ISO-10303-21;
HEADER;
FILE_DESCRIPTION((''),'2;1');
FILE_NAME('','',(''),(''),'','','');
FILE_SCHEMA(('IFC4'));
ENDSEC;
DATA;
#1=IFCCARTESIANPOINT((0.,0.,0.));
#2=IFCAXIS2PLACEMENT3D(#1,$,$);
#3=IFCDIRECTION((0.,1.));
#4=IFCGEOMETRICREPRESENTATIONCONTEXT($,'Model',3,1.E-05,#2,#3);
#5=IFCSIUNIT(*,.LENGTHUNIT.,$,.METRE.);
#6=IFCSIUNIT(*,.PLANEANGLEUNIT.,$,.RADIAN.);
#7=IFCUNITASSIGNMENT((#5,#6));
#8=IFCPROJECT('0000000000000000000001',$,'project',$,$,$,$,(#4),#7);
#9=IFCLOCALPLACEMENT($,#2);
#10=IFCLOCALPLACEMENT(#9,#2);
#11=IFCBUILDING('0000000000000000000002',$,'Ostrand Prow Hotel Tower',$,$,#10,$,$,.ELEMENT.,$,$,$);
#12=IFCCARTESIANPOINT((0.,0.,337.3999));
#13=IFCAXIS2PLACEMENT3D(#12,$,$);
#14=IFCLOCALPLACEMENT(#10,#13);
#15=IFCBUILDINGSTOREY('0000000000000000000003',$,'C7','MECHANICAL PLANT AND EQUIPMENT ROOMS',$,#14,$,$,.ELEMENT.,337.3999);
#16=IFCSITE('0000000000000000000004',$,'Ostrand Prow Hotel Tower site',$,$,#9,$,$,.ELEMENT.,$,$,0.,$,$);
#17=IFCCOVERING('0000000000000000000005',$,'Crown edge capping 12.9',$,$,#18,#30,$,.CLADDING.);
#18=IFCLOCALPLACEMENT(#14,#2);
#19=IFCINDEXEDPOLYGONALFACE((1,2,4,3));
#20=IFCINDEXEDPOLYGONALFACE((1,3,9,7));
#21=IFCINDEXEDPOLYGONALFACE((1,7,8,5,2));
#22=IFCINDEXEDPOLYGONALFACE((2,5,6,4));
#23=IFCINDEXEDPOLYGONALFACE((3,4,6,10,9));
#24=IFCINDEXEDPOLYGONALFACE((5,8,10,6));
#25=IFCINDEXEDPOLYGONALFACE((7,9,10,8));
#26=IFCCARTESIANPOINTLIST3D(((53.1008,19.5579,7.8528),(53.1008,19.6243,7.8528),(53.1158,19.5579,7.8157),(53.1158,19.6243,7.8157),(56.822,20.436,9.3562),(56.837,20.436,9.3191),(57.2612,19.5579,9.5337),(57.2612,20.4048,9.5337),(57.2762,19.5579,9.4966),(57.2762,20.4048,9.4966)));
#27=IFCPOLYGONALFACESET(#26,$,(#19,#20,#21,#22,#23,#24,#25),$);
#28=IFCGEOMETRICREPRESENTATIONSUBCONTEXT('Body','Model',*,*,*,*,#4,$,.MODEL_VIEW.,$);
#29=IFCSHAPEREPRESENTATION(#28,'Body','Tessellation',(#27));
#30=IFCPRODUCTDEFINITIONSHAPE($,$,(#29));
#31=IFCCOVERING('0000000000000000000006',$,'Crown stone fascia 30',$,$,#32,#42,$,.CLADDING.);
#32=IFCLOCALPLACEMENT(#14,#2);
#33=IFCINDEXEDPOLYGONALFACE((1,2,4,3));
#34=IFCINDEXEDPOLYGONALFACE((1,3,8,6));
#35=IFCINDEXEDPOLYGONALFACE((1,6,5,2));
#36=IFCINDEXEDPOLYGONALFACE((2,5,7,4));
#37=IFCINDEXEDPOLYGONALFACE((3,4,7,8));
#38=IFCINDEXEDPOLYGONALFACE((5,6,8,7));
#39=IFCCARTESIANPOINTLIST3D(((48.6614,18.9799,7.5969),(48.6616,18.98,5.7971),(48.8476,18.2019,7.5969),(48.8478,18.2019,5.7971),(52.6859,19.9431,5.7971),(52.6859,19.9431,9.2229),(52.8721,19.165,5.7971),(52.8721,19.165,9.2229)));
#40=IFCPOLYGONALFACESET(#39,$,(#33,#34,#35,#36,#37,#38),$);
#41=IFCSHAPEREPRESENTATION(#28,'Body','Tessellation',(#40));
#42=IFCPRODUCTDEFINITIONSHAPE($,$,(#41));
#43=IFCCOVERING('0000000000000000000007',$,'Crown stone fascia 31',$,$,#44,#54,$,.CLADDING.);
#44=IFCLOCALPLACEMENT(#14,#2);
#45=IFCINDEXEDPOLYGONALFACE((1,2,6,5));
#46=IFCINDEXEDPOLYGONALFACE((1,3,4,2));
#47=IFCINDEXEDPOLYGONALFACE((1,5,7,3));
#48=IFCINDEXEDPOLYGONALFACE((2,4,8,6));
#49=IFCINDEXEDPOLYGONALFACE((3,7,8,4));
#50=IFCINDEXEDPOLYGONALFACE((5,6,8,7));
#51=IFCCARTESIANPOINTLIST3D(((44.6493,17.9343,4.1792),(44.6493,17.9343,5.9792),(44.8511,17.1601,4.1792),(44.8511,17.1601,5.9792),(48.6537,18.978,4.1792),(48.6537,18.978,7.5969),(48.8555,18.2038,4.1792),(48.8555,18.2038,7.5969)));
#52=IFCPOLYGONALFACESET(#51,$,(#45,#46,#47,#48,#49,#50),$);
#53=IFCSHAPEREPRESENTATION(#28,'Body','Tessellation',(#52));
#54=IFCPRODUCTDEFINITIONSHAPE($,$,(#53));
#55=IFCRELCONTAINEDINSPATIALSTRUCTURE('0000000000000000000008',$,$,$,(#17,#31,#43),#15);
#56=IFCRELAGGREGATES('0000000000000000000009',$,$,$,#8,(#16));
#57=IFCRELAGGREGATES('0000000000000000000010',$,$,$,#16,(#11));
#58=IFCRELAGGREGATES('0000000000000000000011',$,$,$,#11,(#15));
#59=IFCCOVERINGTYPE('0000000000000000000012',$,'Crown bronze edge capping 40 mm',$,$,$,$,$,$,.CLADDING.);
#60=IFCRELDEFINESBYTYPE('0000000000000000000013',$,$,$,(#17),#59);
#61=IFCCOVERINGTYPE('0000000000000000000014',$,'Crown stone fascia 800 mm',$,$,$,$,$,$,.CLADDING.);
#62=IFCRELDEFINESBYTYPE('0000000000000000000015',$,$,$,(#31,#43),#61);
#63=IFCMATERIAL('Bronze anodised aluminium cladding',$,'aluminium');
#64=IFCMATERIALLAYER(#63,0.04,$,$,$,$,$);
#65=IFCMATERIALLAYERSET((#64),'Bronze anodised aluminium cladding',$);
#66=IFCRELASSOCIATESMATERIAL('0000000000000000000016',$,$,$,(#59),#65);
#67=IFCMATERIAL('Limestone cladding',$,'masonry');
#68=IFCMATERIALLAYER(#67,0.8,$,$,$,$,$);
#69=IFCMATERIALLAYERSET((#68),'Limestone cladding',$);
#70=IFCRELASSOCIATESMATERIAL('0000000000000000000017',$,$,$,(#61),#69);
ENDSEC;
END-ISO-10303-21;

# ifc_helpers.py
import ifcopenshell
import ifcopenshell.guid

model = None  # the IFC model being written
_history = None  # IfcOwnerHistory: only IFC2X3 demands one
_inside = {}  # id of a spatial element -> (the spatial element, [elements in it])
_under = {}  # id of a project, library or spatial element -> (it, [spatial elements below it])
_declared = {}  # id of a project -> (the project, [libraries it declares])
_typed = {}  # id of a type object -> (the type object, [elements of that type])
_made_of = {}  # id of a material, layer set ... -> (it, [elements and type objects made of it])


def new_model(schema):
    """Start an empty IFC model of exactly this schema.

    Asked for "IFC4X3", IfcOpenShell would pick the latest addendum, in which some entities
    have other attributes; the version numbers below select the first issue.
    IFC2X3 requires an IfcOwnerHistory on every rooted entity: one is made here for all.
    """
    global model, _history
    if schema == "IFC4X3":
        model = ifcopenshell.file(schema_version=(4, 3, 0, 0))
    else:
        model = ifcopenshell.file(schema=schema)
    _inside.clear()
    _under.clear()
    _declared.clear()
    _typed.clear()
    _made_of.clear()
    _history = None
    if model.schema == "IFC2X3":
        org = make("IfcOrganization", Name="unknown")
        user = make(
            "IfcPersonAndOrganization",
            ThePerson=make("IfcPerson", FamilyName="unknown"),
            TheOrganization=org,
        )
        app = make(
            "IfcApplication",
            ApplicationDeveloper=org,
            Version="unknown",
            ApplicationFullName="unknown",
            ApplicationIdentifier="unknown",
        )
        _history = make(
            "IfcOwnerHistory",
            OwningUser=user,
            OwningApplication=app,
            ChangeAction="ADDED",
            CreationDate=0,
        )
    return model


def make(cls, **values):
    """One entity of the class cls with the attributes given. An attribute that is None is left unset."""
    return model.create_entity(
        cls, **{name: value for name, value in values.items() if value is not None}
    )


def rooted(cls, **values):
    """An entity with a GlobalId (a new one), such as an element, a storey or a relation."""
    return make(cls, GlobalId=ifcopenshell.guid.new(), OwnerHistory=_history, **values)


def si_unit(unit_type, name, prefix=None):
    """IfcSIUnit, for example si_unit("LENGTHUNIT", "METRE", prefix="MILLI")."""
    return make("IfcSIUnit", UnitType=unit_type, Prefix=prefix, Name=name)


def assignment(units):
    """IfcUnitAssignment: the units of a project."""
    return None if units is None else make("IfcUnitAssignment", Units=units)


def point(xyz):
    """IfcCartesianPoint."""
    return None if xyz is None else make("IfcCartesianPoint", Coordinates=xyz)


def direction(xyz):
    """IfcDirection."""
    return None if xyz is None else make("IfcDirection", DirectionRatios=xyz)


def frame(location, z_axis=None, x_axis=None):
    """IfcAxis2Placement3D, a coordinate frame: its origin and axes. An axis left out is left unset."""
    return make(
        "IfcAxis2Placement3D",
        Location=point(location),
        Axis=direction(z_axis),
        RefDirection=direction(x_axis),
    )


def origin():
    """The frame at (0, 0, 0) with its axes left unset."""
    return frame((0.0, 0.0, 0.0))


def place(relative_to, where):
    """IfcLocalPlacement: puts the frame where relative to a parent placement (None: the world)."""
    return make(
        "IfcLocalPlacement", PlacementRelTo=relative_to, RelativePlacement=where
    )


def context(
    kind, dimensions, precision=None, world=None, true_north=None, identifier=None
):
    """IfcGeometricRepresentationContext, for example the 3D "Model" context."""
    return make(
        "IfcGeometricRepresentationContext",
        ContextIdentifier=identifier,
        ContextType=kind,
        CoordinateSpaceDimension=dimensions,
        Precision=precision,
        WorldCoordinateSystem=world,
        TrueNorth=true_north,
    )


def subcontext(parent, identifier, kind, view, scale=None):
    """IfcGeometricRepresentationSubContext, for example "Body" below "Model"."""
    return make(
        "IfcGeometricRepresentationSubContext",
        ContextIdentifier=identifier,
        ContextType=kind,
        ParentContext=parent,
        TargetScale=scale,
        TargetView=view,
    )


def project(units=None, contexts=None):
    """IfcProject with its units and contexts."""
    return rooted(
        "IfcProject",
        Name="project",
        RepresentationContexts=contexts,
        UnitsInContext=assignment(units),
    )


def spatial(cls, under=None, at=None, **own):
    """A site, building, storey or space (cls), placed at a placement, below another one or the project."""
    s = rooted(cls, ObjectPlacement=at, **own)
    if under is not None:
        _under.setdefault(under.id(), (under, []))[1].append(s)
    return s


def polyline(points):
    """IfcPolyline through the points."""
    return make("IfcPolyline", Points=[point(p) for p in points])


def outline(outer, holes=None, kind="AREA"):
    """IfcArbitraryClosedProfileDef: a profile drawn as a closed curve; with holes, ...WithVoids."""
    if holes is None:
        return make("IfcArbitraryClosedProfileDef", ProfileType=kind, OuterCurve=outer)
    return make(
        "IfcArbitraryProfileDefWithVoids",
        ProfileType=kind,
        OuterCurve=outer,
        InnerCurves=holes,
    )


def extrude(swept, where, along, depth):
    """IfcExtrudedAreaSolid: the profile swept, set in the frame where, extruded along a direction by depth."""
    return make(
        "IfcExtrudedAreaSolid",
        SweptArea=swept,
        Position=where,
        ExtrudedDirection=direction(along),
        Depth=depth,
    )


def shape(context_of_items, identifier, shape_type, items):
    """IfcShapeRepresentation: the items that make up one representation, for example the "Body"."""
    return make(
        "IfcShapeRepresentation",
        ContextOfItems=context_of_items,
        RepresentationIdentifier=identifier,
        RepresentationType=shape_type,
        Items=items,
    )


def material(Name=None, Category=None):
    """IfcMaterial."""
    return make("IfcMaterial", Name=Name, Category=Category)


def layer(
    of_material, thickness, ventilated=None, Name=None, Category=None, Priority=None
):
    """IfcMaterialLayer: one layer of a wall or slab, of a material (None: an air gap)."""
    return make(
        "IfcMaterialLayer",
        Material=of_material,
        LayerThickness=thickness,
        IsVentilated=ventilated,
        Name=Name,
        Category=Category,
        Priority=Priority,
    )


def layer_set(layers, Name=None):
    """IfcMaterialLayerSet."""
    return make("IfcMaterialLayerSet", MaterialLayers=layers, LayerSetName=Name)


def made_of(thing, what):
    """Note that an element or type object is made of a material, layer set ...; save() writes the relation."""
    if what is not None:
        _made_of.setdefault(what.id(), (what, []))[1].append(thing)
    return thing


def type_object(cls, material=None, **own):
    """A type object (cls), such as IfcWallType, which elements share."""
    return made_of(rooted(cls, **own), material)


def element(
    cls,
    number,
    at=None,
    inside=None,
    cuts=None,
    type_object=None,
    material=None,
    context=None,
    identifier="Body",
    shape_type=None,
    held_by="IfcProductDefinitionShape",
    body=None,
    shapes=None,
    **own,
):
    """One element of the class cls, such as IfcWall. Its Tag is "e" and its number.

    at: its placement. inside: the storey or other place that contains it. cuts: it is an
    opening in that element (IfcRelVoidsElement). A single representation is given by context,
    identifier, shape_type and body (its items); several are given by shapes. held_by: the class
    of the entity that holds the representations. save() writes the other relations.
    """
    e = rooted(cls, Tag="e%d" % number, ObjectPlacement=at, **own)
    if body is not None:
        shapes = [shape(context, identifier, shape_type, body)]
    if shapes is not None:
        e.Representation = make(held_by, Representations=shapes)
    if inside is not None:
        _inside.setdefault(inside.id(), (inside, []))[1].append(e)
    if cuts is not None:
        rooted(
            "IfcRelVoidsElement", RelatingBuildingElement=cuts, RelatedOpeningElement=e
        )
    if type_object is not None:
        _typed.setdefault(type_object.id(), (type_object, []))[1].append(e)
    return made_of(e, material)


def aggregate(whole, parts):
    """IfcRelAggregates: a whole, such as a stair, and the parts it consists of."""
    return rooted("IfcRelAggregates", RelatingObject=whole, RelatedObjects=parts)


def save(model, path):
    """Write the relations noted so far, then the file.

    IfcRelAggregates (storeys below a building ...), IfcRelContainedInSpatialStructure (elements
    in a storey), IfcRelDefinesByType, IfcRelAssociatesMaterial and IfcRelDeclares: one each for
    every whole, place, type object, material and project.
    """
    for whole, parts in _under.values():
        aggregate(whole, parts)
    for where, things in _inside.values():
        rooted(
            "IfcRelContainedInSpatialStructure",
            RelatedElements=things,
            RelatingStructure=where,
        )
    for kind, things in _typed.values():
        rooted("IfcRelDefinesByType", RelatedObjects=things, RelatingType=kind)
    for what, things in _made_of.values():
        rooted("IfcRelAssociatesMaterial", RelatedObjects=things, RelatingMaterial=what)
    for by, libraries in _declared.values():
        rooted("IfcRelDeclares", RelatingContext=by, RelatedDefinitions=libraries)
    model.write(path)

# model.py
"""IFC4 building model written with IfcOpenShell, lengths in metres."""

from ifc_helpers import new_model, si_unit, direction, frame, origin, place, context, subcontext, project, spatial, polyline, outline, extrude, material, layer, layer_set, type_object, element, save


model = new_model("IFC4")

# Units and contexts
model_context = context("Model", 3, precision=1e-05, world=origin(), true_north=direction((0.0, 1.0)))
body_context = subcontext(model_context, "Body", "Model", "MODEL_VIEW")
ifc_project = project(units=[si_unit("LENGTHUNIT", "METRE"), si_unit("PLANEANGLEUNIT", "RADIAN")], contexts=[model_context])

# Site, building, storey
site_placement = place(None, origin())
site = spatial("IfcSite", under=ifc_project, at=site_placement, Name="Ostrand Prow Hotel Tower site", CompositionType="ELEMENT", RefElevation=0.0)
building_placement = place(site_placement, origin())
building = spatial("IfcBuilding", under=site, at=building_placement, Name="Ostrand Prow Hotel Tower", CompositionType="ELEMENT")
storey_placement = place(building_placement, frame((0.0, 0.0, 337.3999)))
storey = spatial("IfcBuildingStorey", under=building, at=storey_placement, Name="C7", Description="MECHANICAL PLANT AND EQUIPMENT ROOMS", CompositionType="ELEMENT", Elevation=337.3999)

# Coverings
ifc_material_1 = material(Name="Bronze anodised aluminium cladding", Category="aluminium")
ifc_layer_1 = layer(ifc_material_1, 0.04)
ifc_layer_set_1 = layer_set([ifc_layer_1], Name="Bronze anodised aluminium cladding")
covering_type_1 = type_object("IfcCoveringType", Name="Crown bronze edge capping 40 mm", PredefinedType="CLADDING", material=ifc_layer_set_1)
covering_1_placement = place(storey_placement, frame((53.1008, 19.6243, 7.8528), z_axis=(-0.374612, 0.000035, 0.927182), x_axis=(-0.000013, -1.0, 0.000032)))
element("IfcCovering", 1, at=covering_1_placement, inside=storey, type_object=covering_type_1, Name="Crown edge capping 12.9", PredefinedType="CLADDING", context=body_context, shape_type="SweptSolid", body=[
    extrude(outline(polyline([(0.0, 0.0), (0.0664, 0.0), (0.0664, 4.4871), (-0.7805, 4.4871), (-0.8118, 4.0134), (0.0, 0.0)])), origin(), (0.0, 0.0, -1.0), 0.04),
])
ifc_material_2 = material(Name="Limestone cladding", Category="masonry")
ifc_layer_2 = layer(ifc_material_2, 0.8)
ifc_layer_set_2 = layer_set([ifc_layer_2], Name="Limestone cladding")
covering_type_2 = type_object("IfcCoveringType", Name="Crown stone fascia 800 mm", PredefinedType="CLADDING", material=ifc_layer_set_2)
covering_2_placement = place(storey_placement, frame((52.7791, 19.554, 5.7971), z_axis=(0.0, 0.0, 1.0), x_axis=(-0.972537, -0.23275, 0.0)))
element("IfcCovering", 2, at=covering_2_placement, inside=storey, type_object=covering_type_2, Name="Crown stone fascia 30", PredefinedType="CLADDING", context=body_context, shape_type="SweptSolid", body=[
    extrude(outline(polyline([(0.0, 0.0), (4.1379, 0.0), (4.1382, 1.7998), (0.0, 3.4258), (0.0, 0.0)])), frame((0.0, 0.3999, 0.0), z_axis=(0.0, -1.0, 0.0), x_axis=(1.0, 0.0, 0.0)), (0.0, 0.0, 1.0), 0.8),
])
covering_3_placement = place(storey_placement, frame((48.7546, 18.5908, 4.1792), z_axis=(0.0, 0.0, 1.0), x_axis=(-0.967672, -0.252213, 0.0)))
element("IfcCovering", 3, at=covering_3_placement, inside=storey, type_object=covering_type_2, Name="Crown stone fascia 31", PredefinedType="CLADDING", context=body_context, shape_type="SweptSolid", body=[
    extrude(outline(polyline([(0.0, 0.0), (4.1382, 0.0), (4.1382, 1.8), (0.0, 3.4177), (0.0, 0.0)])), frame((0.0, 0.3999, 0.0), z_axis=(0.0, -1.0, 0.0), x_axis=(1.0, 0.0, 0.0)), (0.0, 0.0, 1.0), 0.8),
])

save(model, "model.ifc")
